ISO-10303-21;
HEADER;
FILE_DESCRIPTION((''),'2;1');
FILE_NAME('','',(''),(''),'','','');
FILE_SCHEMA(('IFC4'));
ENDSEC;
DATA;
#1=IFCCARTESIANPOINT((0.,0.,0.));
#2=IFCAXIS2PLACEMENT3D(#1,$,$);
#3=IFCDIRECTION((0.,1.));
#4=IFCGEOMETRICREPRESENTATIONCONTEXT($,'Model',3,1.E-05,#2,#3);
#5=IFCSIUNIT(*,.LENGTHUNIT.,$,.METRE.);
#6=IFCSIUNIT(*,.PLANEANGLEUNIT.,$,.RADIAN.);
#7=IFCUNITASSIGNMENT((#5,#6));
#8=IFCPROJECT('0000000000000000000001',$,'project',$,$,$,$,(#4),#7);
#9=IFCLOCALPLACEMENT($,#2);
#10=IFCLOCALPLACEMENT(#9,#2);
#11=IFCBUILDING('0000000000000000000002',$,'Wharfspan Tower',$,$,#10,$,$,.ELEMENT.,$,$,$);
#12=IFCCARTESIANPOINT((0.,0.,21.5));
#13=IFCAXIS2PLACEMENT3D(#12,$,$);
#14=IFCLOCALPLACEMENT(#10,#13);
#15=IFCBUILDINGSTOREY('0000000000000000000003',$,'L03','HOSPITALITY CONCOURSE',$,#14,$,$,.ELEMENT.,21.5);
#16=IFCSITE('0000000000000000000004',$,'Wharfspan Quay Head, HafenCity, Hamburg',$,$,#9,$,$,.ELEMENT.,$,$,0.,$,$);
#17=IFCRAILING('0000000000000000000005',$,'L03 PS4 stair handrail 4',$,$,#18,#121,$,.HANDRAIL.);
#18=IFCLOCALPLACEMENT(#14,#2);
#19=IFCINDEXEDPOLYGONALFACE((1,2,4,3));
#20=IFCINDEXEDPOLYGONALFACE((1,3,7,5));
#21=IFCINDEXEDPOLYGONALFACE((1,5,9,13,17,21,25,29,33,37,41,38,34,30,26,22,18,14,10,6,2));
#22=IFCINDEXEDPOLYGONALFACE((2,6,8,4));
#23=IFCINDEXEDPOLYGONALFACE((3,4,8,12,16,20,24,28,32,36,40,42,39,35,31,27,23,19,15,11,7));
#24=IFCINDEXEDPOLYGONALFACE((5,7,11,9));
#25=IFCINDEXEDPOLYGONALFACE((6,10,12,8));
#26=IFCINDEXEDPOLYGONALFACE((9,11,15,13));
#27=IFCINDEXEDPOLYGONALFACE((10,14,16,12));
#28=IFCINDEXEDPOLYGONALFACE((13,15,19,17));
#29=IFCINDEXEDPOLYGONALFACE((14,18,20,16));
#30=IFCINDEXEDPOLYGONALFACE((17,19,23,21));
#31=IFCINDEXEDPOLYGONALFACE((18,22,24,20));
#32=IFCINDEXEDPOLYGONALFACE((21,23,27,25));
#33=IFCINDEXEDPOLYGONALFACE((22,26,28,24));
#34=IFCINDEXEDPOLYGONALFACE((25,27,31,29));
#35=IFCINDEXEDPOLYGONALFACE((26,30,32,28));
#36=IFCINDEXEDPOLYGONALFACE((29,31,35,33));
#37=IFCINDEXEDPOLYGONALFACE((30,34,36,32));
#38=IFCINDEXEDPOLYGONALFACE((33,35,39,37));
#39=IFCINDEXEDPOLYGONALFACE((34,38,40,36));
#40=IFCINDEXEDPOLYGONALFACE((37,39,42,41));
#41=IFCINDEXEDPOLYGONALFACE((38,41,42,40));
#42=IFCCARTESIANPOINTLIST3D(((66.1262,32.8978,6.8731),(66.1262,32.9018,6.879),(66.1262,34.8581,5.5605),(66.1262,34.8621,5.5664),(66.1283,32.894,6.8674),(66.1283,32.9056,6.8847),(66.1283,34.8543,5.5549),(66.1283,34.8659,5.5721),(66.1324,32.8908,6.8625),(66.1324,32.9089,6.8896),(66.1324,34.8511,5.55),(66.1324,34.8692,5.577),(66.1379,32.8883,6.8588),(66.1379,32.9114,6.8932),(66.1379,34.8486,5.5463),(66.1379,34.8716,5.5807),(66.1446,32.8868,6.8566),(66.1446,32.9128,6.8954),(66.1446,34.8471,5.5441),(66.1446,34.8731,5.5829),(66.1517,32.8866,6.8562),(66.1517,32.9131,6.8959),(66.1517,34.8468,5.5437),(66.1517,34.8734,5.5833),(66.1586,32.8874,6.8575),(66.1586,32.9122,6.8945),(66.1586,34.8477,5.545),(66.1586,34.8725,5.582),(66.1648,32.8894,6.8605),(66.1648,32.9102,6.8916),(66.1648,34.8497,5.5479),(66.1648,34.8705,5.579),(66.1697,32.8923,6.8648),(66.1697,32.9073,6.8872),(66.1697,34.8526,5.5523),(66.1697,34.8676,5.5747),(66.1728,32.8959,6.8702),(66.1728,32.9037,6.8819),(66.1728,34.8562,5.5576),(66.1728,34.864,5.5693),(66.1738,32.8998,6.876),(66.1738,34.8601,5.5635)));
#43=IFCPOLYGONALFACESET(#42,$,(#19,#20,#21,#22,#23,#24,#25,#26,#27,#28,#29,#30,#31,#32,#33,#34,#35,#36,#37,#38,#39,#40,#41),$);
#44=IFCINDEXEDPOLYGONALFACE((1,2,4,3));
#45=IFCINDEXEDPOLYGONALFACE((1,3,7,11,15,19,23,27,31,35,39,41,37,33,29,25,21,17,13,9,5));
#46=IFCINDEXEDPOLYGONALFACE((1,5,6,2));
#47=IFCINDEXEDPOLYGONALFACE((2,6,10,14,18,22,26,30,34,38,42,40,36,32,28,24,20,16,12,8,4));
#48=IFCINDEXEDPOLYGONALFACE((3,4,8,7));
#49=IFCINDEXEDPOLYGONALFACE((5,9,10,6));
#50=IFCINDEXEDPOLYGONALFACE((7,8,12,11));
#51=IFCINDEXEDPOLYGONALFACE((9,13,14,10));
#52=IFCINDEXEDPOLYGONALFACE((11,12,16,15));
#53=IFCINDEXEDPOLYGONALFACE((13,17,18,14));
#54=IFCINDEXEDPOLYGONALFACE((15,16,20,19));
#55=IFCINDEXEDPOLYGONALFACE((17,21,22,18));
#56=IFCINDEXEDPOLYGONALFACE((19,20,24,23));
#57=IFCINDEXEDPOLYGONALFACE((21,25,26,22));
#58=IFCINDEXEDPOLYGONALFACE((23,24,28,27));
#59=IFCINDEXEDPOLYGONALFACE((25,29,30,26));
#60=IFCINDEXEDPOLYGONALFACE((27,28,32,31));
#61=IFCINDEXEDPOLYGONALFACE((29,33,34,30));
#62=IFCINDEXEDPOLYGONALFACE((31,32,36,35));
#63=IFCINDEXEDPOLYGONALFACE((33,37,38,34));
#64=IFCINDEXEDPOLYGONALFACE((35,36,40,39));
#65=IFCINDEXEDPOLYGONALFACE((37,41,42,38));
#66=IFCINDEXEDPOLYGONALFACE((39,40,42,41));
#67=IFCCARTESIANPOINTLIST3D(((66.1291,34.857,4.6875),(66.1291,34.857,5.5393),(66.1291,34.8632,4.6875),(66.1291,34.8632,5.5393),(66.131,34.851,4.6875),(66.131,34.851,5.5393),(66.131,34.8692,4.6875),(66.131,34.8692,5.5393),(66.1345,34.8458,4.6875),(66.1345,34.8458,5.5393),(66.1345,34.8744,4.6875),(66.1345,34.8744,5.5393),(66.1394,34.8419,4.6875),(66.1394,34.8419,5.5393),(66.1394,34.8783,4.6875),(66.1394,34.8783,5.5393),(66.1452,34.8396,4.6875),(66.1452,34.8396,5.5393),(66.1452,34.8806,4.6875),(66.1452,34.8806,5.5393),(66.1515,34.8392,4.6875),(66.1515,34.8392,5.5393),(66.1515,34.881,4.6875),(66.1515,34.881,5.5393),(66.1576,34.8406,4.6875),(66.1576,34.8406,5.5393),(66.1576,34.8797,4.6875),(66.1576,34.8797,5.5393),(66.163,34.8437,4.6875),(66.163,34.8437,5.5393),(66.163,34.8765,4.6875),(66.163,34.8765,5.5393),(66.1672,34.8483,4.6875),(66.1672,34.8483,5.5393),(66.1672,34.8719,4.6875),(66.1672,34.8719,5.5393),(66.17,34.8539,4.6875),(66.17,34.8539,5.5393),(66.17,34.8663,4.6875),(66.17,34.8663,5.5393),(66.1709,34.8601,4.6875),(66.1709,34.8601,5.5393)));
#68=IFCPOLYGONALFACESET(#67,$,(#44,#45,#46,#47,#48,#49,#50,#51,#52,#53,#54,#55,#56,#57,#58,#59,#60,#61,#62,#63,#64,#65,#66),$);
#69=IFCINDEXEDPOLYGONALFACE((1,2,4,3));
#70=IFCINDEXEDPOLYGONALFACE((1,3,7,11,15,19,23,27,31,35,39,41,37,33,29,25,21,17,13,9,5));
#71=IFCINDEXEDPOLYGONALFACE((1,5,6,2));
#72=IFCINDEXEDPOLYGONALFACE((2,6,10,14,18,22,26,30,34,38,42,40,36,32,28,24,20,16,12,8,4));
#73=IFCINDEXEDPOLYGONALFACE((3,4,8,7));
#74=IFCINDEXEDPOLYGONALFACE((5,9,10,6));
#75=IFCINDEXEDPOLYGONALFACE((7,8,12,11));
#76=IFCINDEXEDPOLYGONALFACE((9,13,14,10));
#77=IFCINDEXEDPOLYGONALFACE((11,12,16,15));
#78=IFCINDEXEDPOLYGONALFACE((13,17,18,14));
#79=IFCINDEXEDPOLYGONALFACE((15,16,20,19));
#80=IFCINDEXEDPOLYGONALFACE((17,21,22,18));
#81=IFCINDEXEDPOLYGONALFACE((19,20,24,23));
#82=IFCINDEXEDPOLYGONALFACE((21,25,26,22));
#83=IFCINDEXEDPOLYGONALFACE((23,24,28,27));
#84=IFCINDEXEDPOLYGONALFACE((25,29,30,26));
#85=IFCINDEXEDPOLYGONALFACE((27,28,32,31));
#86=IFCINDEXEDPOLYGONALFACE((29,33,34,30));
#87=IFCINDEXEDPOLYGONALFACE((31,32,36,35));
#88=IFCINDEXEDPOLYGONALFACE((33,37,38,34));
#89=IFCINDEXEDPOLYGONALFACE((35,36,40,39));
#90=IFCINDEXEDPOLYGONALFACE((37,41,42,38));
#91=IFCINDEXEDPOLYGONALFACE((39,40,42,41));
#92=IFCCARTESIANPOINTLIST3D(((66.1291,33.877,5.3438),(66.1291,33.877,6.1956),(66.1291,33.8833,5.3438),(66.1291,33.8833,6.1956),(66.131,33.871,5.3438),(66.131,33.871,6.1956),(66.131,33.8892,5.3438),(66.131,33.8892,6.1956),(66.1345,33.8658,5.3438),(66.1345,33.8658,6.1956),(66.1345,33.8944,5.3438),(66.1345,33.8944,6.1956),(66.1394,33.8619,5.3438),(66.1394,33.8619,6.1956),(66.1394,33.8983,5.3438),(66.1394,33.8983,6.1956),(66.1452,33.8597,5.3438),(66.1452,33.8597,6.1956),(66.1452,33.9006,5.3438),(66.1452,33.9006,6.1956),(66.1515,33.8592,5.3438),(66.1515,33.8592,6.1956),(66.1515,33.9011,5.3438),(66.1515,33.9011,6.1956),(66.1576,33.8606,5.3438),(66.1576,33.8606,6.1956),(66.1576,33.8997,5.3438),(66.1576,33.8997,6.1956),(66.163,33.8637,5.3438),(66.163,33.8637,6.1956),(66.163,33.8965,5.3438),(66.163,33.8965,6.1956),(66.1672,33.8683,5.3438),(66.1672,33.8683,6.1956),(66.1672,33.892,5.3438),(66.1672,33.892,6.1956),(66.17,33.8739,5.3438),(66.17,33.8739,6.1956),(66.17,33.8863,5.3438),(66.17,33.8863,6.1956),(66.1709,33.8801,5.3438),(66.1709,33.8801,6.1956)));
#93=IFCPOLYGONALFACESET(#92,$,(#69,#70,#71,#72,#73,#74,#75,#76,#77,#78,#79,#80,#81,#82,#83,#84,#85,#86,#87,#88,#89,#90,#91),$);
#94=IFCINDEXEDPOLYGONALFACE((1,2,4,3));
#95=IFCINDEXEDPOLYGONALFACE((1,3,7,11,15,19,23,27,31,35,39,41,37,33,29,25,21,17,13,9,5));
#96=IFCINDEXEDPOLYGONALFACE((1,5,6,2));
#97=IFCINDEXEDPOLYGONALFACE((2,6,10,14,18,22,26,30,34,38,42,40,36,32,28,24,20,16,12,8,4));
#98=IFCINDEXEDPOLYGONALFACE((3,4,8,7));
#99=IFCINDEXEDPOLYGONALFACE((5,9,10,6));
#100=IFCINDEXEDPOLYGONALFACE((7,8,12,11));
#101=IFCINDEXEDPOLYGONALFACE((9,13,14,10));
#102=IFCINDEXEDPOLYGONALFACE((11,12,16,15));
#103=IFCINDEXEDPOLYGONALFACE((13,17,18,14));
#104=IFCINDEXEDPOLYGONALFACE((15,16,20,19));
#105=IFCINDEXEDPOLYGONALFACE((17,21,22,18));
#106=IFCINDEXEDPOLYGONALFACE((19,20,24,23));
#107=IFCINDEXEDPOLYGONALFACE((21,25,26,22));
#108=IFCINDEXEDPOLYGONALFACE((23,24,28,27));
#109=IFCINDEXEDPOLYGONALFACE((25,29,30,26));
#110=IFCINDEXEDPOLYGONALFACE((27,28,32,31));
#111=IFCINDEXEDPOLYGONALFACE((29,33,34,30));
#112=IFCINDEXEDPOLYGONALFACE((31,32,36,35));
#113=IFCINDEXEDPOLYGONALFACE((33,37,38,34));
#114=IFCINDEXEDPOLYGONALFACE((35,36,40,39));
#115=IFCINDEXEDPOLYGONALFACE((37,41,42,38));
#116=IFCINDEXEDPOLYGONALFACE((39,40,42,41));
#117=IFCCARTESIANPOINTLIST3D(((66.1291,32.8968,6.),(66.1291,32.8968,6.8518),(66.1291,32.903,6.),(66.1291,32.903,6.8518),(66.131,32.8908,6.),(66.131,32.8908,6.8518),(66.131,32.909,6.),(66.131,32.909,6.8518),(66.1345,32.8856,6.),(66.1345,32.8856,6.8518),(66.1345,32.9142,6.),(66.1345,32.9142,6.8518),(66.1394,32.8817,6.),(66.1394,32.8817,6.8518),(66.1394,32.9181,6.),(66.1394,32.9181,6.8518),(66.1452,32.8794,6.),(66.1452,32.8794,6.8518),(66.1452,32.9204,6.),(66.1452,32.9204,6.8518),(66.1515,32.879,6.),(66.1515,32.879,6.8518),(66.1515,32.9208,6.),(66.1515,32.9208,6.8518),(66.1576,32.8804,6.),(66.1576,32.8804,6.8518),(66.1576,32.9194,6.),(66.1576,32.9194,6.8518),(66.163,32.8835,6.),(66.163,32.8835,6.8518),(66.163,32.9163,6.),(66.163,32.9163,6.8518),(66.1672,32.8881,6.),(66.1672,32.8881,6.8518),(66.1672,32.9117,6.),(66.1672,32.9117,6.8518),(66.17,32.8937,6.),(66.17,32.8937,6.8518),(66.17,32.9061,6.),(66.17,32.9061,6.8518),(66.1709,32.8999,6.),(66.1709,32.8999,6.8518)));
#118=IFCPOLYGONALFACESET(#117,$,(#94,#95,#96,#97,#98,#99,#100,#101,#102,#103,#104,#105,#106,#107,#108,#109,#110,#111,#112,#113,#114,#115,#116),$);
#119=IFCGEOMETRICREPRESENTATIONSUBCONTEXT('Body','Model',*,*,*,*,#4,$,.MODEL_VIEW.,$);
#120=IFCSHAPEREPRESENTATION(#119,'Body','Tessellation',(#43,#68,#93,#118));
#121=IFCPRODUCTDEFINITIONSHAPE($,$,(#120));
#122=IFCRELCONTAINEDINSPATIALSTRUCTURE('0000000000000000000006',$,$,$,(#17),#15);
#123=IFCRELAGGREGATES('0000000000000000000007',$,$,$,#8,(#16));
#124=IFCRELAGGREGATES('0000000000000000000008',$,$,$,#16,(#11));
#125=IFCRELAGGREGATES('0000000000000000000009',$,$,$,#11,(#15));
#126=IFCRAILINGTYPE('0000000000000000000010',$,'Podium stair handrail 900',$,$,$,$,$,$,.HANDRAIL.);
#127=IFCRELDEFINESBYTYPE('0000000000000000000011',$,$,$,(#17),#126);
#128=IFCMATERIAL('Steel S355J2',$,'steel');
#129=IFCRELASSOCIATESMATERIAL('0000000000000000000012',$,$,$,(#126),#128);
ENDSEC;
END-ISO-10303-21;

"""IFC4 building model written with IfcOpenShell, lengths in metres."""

from ifc_helpers import new_model, si_unit, direction, frame, origin, origin_2d, place, context, subcontext, project, spatial, circle, extrude, material, type_object, element, save


model = new_model("IFC4")

# Units and contexts
model_context = context("Model", 3, precision=1e-05, world=origin(), true_north=direction((0.0, 1.0)))
body_context = subcontext(model_context, "Body", "Model", "MODEL_VIEW")
ifc_project = project(units=[si_unit("LENGTHUNIT", "METRE"), si_unit("PLANEANGLEUNIT", "RADIAN")], contexts=[model_context])

# Site, building, storey
site_placement = place(None, origin())
site = spatial("IfcSite", under=ifc_project, at=site_placement, Name="Wharfspan Quay Head, HafenCity, Hamburg", CompositionType="ELEMENT", RefElevation=0.0)
building_placement = place(site_placement, origin())
building = spatial("IfcBuilding", under=site, at=building_placement, Name="Wharfspan Tower", CompositionType="ELEMENT")
storey_placement = place(building_placement, frame((0.0, 0.0, 21.5)))
storey = spatial("IfcBuildingStorey", under=building, at=storey_placement, Name="L03", Description="HOSPITALITY CONCOURSE", CompositionType="ELEMENT", Elevation=21.5)

# Railing
ifc_material_1 = material(Name="Steel S355J2", Category="steel")
railing_type_1 = type_object("IfcRailingType", Name="Podium stair handrail 900", PredefinedType="HANDRAIL", material=ifc_material_1)
railing_1_placement = place(storey_placement, frame((66.1499, 34.8601, 4.6875)))
element("IfcRailing", 1, at=railing_1_placement, inside=storey, type_object=railing_type_1, Name="L03 PS4 stair handrail 4", PredefinedType="HANDRAIL", context=body_context, shape_type="SweptSolid", body=[
    extrude(circle(Radius=0.0239, at=origin_2d()), frame((0.0, 0.0, 0.876), z_axis=(0.0, -0.830934, 0.556371), x_axis=(1.0, 0.0, 0.0)), (0.0, 0.0, 1.0), 2.3591),
    extrude(circle(Radius=0.021, at=origin_2d()), origin(), (0.0, 0.0, 1.0), 0.8518),
    extrude(circle(Radius=0.021, at=origin_2d()), frame((0.0, -0.98, 0.6562)), (0.0, 0.0, 1.0), 0.8518),
    extrude(circle(Radius=0.021, at=origin_2d()), frame((0.0, -1.9602, 1.3125)), (0.0, 0.0, 1.0), 0.8518),
])

save(model, "model.ifc")
